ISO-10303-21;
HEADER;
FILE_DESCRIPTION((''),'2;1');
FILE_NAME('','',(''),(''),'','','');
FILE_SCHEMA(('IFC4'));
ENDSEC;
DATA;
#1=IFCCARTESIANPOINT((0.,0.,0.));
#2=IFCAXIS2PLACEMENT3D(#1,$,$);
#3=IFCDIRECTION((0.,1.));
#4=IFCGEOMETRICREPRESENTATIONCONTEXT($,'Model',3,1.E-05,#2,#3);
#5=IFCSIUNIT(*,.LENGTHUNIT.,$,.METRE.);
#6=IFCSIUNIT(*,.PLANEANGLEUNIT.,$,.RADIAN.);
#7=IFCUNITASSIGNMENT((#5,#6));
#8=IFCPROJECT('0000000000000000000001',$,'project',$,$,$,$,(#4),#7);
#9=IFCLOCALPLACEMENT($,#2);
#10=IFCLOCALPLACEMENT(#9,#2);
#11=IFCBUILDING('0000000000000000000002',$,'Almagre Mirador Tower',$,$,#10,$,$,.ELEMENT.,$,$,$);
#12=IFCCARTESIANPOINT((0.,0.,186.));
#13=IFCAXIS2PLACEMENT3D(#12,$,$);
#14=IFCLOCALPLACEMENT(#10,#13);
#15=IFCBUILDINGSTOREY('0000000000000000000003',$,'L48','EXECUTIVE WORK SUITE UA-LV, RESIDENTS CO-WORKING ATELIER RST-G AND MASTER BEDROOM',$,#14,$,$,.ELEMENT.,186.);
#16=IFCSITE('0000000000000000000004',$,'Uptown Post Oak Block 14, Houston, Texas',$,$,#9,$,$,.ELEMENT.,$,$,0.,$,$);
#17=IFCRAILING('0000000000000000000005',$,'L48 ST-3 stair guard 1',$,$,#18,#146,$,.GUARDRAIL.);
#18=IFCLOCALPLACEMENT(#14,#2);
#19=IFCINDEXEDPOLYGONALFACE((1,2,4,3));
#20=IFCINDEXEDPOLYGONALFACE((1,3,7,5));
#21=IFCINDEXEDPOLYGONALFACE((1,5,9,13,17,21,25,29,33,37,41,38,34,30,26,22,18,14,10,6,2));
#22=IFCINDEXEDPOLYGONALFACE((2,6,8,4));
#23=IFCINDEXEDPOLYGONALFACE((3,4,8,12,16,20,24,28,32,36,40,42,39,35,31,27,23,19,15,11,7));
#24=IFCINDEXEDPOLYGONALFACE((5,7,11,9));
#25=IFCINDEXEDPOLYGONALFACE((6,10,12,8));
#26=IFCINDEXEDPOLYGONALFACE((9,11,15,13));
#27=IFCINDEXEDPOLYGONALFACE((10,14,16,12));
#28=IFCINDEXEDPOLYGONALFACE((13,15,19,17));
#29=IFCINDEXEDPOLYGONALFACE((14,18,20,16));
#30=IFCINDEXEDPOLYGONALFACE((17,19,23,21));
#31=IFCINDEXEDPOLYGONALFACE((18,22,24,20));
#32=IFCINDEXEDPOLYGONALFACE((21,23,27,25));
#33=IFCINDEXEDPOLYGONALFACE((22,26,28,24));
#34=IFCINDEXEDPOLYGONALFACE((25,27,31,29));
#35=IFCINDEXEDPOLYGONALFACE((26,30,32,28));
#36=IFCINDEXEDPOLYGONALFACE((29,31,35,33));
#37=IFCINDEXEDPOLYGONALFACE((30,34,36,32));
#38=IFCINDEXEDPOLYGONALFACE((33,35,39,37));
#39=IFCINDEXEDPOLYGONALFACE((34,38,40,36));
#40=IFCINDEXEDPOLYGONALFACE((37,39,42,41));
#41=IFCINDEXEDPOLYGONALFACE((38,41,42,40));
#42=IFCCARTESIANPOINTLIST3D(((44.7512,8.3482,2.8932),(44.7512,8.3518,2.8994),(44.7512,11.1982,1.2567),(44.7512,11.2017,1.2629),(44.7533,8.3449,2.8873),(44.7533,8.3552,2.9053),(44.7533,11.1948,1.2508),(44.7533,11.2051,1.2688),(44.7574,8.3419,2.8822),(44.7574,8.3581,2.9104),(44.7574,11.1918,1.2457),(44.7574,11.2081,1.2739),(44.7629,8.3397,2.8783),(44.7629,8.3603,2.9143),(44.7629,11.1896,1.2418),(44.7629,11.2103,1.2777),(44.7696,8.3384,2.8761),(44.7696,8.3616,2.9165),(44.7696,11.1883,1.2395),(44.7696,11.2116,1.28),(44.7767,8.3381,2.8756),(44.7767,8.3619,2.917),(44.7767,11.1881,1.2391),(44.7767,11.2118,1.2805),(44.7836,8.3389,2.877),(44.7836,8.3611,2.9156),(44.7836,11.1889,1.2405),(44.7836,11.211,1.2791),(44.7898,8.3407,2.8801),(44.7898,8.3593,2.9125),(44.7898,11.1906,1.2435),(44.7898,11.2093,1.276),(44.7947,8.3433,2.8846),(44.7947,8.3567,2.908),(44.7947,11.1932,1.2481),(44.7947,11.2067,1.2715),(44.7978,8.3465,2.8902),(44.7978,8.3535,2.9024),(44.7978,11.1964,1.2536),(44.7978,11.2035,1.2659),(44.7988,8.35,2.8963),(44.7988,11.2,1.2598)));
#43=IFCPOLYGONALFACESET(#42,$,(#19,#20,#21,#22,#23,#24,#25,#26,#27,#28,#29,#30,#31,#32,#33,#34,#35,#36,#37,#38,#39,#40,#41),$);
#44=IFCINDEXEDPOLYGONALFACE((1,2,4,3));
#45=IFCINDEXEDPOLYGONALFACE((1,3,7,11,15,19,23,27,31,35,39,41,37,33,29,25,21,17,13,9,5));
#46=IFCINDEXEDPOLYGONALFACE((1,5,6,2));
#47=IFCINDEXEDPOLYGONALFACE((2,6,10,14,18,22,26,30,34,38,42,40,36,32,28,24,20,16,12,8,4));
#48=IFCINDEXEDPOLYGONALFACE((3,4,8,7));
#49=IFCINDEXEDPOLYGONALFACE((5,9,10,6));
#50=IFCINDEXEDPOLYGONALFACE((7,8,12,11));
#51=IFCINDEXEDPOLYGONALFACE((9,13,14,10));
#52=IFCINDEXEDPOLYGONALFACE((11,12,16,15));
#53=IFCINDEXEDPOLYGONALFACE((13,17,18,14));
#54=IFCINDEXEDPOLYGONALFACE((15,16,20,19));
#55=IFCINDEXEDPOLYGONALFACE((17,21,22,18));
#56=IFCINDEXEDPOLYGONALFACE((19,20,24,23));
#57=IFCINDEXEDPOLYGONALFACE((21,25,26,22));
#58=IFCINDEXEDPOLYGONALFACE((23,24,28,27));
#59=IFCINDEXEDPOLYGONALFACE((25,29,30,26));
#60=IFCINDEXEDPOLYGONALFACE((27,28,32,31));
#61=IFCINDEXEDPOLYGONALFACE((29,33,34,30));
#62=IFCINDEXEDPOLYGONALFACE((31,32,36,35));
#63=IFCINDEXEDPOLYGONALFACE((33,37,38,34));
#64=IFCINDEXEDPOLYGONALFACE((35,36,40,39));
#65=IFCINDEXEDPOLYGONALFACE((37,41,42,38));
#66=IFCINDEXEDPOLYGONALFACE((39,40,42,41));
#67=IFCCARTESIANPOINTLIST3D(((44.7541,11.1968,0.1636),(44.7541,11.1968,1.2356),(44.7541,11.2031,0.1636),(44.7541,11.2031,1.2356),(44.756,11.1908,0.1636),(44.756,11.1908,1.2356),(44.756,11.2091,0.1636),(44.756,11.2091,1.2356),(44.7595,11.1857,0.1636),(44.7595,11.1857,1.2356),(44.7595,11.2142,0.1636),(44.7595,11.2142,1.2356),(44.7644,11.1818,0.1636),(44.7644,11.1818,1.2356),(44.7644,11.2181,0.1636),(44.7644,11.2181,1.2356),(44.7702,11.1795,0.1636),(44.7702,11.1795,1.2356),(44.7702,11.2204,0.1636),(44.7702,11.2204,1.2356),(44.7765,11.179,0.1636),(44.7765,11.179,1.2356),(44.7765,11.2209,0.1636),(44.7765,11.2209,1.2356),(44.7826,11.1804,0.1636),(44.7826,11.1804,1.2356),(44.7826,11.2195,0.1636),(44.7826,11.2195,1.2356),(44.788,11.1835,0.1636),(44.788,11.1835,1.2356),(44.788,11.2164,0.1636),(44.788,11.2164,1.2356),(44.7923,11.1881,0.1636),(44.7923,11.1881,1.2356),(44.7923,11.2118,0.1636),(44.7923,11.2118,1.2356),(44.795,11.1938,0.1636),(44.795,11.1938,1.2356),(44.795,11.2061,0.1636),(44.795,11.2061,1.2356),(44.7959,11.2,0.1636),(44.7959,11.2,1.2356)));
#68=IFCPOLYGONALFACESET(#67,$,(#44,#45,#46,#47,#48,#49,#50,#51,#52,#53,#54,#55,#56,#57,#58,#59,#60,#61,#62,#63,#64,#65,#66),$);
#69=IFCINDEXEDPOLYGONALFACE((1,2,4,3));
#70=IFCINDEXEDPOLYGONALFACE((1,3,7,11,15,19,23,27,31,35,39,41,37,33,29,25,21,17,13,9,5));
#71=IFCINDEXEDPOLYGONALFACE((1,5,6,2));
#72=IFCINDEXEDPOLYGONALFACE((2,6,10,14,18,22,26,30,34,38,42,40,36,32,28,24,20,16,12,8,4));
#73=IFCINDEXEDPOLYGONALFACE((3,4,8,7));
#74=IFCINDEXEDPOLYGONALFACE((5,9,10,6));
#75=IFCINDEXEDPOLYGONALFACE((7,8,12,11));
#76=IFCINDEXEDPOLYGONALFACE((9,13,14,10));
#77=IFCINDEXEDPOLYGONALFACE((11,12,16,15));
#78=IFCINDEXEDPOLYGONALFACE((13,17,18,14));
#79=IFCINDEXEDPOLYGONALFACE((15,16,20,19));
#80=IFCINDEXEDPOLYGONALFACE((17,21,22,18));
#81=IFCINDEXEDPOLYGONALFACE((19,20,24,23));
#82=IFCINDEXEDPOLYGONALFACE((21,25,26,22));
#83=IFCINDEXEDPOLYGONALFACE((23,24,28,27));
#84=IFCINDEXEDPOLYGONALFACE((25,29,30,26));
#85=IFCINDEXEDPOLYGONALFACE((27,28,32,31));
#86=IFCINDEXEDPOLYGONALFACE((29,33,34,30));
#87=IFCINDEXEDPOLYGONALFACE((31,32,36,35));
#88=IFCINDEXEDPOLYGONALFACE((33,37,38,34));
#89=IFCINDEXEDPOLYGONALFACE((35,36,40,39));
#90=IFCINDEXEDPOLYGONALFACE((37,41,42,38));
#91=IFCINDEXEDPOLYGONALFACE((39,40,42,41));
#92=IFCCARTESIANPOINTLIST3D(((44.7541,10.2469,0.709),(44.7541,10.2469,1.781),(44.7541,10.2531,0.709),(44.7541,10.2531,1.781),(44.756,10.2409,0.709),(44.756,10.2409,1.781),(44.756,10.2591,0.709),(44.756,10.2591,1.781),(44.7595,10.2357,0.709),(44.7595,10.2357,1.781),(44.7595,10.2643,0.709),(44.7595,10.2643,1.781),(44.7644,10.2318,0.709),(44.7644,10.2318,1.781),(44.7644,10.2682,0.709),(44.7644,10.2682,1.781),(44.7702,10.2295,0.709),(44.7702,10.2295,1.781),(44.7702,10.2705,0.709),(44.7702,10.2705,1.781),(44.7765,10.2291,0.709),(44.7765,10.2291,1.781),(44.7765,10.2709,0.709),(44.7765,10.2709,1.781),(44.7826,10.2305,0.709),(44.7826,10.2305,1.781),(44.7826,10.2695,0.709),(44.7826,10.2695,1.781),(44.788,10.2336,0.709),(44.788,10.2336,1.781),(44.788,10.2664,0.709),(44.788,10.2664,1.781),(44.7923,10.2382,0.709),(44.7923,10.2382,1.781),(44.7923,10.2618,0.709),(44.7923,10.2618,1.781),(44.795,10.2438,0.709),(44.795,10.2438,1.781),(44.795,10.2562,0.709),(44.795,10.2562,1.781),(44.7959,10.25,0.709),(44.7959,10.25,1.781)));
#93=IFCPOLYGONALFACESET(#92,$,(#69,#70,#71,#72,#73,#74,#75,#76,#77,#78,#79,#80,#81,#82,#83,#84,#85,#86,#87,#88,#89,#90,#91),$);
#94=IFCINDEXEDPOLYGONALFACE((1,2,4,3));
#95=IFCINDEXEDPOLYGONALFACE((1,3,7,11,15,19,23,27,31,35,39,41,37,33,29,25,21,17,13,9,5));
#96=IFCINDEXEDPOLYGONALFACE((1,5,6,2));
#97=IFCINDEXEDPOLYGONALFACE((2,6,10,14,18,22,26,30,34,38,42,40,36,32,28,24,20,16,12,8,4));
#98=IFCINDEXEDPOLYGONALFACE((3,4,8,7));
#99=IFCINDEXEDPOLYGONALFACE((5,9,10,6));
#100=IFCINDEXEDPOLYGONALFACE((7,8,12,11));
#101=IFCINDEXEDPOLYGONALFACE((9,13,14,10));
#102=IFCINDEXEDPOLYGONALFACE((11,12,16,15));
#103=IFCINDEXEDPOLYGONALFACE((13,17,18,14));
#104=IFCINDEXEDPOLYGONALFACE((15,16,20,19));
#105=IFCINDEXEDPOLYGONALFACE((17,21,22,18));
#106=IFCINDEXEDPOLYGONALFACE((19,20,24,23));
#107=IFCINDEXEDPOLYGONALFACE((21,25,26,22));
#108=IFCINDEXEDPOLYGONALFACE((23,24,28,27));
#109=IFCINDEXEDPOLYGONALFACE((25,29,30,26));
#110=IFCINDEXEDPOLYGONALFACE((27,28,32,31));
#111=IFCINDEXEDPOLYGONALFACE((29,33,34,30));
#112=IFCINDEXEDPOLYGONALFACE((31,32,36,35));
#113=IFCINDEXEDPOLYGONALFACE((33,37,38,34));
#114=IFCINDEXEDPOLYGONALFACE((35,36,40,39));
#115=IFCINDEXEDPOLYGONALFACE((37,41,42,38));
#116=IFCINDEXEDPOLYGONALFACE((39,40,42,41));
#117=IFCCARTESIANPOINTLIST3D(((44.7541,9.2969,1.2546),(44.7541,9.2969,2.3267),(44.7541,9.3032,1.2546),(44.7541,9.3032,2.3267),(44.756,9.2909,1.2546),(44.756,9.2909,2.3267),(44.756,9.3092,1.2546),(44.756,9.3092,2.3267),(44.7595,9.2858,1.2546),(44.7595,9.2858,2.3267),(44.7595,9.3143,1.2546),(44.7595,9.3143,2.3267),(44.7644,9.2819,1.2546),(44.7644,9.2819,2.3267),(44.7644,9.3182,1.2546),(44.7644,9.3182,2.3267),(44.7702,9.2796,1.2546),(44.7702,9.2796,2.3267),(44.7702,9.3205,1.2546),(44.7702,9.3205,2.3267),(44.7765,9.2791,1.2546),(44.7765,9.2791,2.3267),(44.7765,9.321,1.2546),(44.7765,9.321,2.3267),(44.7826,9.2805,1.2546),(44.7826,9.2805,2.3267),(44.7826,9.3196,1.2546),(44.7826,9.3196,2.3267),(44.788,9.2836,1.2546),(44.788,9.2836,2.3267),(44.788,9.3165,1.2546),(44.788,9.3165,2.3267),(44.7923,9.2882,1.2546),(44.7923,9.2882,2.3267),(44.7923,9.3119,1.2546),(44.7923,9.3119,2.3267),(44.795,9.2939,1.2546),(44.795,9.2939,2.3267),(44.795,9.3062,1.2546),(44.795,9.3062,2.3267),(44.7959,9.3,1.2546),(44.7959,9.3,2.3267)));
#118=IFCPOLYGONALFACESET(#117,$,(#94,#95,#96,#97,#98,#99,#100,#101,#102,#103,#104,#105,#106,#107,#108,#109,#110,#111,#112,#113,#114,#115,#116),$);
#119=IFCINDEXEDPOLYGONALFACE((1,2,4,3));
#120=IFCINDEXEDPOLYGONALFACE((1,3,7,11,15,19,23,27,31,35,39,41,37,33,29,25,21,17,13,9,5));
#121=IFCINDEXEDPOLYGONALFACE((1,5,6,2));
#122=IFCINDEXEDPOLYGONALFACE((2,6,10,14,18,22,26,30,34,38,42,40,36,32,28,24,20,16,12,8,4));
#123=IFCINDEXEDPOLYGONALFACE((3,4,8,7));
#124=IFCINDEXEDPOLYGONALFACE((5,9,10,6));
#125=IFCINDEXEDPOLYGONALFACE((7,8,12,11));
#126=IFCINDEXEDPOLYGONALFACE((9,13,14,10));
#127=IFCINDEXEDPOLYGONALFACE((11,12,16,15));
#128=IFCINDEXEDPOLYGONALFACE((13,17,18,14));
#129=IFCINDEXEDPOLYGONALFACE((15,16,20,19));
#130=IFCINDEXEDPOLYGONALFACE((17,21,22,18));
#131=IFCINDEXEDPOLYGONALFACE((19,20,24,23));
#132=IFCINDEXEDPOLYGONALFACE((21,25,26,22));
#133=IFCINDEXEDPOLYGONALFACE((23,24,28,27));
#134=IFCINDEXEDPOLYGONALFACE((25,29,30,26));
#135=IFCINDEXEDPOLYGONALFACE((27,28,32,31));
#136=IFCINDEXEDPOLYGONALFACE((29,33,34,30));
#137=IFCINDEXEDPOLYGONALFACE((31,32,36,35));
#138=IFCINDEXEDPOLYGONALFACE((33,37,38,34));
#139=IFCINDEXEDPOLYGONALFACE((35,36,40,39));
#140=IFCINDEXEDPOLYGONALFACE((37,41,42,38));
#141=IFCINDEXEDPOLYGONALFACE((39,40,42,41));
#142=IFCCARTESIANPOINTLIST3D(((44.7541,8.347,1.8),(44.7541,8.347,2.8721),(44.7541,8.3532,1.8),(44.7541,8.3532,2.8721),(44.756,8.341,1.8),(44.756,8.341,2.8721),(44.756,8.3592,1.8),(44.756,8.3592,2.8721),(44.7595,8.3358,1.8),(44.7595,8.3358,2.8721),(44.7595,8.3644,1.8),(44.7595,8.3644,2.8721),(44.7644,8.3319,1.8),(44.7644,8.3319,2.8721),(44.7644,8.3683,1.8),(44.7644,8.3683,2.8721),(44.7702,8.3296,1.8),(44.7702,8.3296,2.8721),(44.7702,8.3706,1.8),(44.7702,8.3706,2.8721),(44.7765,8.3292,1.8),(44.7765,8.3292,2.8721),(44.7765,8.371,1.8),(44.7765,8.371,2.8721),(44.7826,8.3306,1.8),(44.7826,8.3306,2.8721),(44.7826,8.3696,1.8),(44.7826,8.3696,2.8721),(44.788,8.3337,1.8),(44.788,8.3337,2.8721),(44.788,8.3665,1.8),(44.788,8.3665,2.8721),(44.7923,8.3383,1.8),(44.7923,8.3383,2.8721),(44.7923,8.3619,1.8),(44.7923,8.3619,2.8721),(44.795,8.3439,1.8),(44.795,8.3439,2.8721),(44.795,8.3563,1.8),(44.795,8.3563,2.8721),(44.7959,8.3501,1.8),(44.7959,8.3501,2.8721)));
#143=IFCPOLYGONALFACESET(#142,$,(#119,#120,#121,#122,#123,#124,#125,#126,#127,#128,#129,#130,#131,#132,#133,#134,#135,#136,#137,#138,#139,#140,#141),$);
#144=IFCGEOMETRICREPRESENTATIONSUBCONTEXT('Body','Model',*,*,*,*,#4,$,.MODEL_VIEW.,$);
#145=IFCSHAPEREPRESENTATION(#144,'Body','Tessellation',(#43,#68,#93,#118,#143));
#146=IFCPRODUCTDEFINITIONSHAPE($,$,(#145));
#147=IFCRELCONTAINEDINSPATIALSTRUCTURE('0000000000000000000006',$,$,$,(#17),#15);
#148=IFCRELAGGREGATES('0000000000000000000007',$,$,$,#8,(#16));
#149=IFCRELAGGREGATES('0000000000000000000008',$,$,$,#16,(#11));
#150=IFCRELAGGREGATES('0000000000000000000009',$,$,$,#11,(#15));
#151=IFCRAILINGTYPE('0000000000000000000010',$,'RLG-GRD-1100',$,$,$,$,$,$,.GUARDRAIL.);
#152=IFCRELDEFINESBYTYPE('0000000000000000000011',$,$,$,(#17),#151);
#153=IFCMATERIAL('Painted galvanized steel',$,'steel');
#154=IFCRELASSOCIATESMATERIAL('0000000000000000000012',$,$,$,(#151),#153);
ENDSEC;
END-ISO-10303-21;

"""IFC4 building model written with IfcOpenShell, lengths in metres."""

from ifc_helpers import new_model, si_unit, direction, frame, origin, origin_2d, place, context, subcontext, project, spatial, circle, extrude, material, type_object, element, save


model = new_model("IFC4")

# Units and contexts
model_context = context("Model", 3, precision=1e-05, world=origin(), true_north=direction((0.0, 1.0)))
body_context = subcontext(model_context, "Body", "Model", "MODEL_VIEW")
ifc_project = project(units=[si_unit("LENGTHUNIT", "METRE"), si_unit("PLANEANGLEUNIT", "RADIAN")], contexts=[model_context])

# Site, building, storey
site_placement = place(None, origin())
site = spatial("IfcSite", under=ifc_project, at=site_placement, Name="Uptown Post Oak Block 14, Houston, Texas", CompositionType="ELEMENT", RefElevation=0.0)
building_placement = place(site_placement, origin())
building = spatial("IfcBuilding", under=site, at=building_placement, Name="Almagre Mirador Tower", CompositionType="ELEMENT")
storey_placement = place(building_placement, frame((0.0, 0.0, 186.0)))
storey = spatial("IfcBuildingStorey", under=building, at=storey_placement, Name="L48", Description="EXECUTIVE WORK SUITE UA-LV, RESIDENTS CO-WORKING ATELIER RST-G AND MASTER BEDROOM", CompositionType="ELEMENT", Elevation=186.0)

# Railing
ifc_material_1 = material(Name="Painted galvanized steel", Category="steel")
railing_type_1 = type_object("IfcRailingType", Name="RLG-GRD-1100", PredefinedType="GUARDRAIL", material=ifc_material_1)
railing_1_placement = place(storey_placement, frame((44.7749, 11.2, 0.1636)))
element("IfcRailing", 1, at=railing_1_placement, inside=storey, type_object=railing_type_1, Name="L48 ST-3 stair guard 1", PredefinedType="GUARDRAIL", context=body_context, shape_type="SweptSolid", body=[
    extrude(circle(Radius=0.0239, at=origin_2d()), frame((0.0, 0.0, 1.0962), z_axis=(0.0, -0.867194, 0.49797), x_axis=(1.0, 0.0, 0.0)), (0.0, 0.0, 1.0), 3.2864),
    extrude(circle(Radius=0.021, at=origin_2d()), origin(), (0.0, 0.0, 1.0), 1.072),
    extrude(circle(Radius=0.021, at=origin_2d()), frame((0.0, -0.95, 0.5454)), (0.0, 0.0, 1.0), 1.072),
    extrude(circle(Radius=0.021, at=origin_2d()), frame((0.0, -1.8999, 1.0911)), (0.0, 0.0, 1.0), 1.072),
    extrude(circle(Radius=0.021, at=origin_2d()), frame((0.0, -2.8499, 1.6365)), (0.0, 0.0, 1.0), 1.072),
])

save(model, "model.ifc")
